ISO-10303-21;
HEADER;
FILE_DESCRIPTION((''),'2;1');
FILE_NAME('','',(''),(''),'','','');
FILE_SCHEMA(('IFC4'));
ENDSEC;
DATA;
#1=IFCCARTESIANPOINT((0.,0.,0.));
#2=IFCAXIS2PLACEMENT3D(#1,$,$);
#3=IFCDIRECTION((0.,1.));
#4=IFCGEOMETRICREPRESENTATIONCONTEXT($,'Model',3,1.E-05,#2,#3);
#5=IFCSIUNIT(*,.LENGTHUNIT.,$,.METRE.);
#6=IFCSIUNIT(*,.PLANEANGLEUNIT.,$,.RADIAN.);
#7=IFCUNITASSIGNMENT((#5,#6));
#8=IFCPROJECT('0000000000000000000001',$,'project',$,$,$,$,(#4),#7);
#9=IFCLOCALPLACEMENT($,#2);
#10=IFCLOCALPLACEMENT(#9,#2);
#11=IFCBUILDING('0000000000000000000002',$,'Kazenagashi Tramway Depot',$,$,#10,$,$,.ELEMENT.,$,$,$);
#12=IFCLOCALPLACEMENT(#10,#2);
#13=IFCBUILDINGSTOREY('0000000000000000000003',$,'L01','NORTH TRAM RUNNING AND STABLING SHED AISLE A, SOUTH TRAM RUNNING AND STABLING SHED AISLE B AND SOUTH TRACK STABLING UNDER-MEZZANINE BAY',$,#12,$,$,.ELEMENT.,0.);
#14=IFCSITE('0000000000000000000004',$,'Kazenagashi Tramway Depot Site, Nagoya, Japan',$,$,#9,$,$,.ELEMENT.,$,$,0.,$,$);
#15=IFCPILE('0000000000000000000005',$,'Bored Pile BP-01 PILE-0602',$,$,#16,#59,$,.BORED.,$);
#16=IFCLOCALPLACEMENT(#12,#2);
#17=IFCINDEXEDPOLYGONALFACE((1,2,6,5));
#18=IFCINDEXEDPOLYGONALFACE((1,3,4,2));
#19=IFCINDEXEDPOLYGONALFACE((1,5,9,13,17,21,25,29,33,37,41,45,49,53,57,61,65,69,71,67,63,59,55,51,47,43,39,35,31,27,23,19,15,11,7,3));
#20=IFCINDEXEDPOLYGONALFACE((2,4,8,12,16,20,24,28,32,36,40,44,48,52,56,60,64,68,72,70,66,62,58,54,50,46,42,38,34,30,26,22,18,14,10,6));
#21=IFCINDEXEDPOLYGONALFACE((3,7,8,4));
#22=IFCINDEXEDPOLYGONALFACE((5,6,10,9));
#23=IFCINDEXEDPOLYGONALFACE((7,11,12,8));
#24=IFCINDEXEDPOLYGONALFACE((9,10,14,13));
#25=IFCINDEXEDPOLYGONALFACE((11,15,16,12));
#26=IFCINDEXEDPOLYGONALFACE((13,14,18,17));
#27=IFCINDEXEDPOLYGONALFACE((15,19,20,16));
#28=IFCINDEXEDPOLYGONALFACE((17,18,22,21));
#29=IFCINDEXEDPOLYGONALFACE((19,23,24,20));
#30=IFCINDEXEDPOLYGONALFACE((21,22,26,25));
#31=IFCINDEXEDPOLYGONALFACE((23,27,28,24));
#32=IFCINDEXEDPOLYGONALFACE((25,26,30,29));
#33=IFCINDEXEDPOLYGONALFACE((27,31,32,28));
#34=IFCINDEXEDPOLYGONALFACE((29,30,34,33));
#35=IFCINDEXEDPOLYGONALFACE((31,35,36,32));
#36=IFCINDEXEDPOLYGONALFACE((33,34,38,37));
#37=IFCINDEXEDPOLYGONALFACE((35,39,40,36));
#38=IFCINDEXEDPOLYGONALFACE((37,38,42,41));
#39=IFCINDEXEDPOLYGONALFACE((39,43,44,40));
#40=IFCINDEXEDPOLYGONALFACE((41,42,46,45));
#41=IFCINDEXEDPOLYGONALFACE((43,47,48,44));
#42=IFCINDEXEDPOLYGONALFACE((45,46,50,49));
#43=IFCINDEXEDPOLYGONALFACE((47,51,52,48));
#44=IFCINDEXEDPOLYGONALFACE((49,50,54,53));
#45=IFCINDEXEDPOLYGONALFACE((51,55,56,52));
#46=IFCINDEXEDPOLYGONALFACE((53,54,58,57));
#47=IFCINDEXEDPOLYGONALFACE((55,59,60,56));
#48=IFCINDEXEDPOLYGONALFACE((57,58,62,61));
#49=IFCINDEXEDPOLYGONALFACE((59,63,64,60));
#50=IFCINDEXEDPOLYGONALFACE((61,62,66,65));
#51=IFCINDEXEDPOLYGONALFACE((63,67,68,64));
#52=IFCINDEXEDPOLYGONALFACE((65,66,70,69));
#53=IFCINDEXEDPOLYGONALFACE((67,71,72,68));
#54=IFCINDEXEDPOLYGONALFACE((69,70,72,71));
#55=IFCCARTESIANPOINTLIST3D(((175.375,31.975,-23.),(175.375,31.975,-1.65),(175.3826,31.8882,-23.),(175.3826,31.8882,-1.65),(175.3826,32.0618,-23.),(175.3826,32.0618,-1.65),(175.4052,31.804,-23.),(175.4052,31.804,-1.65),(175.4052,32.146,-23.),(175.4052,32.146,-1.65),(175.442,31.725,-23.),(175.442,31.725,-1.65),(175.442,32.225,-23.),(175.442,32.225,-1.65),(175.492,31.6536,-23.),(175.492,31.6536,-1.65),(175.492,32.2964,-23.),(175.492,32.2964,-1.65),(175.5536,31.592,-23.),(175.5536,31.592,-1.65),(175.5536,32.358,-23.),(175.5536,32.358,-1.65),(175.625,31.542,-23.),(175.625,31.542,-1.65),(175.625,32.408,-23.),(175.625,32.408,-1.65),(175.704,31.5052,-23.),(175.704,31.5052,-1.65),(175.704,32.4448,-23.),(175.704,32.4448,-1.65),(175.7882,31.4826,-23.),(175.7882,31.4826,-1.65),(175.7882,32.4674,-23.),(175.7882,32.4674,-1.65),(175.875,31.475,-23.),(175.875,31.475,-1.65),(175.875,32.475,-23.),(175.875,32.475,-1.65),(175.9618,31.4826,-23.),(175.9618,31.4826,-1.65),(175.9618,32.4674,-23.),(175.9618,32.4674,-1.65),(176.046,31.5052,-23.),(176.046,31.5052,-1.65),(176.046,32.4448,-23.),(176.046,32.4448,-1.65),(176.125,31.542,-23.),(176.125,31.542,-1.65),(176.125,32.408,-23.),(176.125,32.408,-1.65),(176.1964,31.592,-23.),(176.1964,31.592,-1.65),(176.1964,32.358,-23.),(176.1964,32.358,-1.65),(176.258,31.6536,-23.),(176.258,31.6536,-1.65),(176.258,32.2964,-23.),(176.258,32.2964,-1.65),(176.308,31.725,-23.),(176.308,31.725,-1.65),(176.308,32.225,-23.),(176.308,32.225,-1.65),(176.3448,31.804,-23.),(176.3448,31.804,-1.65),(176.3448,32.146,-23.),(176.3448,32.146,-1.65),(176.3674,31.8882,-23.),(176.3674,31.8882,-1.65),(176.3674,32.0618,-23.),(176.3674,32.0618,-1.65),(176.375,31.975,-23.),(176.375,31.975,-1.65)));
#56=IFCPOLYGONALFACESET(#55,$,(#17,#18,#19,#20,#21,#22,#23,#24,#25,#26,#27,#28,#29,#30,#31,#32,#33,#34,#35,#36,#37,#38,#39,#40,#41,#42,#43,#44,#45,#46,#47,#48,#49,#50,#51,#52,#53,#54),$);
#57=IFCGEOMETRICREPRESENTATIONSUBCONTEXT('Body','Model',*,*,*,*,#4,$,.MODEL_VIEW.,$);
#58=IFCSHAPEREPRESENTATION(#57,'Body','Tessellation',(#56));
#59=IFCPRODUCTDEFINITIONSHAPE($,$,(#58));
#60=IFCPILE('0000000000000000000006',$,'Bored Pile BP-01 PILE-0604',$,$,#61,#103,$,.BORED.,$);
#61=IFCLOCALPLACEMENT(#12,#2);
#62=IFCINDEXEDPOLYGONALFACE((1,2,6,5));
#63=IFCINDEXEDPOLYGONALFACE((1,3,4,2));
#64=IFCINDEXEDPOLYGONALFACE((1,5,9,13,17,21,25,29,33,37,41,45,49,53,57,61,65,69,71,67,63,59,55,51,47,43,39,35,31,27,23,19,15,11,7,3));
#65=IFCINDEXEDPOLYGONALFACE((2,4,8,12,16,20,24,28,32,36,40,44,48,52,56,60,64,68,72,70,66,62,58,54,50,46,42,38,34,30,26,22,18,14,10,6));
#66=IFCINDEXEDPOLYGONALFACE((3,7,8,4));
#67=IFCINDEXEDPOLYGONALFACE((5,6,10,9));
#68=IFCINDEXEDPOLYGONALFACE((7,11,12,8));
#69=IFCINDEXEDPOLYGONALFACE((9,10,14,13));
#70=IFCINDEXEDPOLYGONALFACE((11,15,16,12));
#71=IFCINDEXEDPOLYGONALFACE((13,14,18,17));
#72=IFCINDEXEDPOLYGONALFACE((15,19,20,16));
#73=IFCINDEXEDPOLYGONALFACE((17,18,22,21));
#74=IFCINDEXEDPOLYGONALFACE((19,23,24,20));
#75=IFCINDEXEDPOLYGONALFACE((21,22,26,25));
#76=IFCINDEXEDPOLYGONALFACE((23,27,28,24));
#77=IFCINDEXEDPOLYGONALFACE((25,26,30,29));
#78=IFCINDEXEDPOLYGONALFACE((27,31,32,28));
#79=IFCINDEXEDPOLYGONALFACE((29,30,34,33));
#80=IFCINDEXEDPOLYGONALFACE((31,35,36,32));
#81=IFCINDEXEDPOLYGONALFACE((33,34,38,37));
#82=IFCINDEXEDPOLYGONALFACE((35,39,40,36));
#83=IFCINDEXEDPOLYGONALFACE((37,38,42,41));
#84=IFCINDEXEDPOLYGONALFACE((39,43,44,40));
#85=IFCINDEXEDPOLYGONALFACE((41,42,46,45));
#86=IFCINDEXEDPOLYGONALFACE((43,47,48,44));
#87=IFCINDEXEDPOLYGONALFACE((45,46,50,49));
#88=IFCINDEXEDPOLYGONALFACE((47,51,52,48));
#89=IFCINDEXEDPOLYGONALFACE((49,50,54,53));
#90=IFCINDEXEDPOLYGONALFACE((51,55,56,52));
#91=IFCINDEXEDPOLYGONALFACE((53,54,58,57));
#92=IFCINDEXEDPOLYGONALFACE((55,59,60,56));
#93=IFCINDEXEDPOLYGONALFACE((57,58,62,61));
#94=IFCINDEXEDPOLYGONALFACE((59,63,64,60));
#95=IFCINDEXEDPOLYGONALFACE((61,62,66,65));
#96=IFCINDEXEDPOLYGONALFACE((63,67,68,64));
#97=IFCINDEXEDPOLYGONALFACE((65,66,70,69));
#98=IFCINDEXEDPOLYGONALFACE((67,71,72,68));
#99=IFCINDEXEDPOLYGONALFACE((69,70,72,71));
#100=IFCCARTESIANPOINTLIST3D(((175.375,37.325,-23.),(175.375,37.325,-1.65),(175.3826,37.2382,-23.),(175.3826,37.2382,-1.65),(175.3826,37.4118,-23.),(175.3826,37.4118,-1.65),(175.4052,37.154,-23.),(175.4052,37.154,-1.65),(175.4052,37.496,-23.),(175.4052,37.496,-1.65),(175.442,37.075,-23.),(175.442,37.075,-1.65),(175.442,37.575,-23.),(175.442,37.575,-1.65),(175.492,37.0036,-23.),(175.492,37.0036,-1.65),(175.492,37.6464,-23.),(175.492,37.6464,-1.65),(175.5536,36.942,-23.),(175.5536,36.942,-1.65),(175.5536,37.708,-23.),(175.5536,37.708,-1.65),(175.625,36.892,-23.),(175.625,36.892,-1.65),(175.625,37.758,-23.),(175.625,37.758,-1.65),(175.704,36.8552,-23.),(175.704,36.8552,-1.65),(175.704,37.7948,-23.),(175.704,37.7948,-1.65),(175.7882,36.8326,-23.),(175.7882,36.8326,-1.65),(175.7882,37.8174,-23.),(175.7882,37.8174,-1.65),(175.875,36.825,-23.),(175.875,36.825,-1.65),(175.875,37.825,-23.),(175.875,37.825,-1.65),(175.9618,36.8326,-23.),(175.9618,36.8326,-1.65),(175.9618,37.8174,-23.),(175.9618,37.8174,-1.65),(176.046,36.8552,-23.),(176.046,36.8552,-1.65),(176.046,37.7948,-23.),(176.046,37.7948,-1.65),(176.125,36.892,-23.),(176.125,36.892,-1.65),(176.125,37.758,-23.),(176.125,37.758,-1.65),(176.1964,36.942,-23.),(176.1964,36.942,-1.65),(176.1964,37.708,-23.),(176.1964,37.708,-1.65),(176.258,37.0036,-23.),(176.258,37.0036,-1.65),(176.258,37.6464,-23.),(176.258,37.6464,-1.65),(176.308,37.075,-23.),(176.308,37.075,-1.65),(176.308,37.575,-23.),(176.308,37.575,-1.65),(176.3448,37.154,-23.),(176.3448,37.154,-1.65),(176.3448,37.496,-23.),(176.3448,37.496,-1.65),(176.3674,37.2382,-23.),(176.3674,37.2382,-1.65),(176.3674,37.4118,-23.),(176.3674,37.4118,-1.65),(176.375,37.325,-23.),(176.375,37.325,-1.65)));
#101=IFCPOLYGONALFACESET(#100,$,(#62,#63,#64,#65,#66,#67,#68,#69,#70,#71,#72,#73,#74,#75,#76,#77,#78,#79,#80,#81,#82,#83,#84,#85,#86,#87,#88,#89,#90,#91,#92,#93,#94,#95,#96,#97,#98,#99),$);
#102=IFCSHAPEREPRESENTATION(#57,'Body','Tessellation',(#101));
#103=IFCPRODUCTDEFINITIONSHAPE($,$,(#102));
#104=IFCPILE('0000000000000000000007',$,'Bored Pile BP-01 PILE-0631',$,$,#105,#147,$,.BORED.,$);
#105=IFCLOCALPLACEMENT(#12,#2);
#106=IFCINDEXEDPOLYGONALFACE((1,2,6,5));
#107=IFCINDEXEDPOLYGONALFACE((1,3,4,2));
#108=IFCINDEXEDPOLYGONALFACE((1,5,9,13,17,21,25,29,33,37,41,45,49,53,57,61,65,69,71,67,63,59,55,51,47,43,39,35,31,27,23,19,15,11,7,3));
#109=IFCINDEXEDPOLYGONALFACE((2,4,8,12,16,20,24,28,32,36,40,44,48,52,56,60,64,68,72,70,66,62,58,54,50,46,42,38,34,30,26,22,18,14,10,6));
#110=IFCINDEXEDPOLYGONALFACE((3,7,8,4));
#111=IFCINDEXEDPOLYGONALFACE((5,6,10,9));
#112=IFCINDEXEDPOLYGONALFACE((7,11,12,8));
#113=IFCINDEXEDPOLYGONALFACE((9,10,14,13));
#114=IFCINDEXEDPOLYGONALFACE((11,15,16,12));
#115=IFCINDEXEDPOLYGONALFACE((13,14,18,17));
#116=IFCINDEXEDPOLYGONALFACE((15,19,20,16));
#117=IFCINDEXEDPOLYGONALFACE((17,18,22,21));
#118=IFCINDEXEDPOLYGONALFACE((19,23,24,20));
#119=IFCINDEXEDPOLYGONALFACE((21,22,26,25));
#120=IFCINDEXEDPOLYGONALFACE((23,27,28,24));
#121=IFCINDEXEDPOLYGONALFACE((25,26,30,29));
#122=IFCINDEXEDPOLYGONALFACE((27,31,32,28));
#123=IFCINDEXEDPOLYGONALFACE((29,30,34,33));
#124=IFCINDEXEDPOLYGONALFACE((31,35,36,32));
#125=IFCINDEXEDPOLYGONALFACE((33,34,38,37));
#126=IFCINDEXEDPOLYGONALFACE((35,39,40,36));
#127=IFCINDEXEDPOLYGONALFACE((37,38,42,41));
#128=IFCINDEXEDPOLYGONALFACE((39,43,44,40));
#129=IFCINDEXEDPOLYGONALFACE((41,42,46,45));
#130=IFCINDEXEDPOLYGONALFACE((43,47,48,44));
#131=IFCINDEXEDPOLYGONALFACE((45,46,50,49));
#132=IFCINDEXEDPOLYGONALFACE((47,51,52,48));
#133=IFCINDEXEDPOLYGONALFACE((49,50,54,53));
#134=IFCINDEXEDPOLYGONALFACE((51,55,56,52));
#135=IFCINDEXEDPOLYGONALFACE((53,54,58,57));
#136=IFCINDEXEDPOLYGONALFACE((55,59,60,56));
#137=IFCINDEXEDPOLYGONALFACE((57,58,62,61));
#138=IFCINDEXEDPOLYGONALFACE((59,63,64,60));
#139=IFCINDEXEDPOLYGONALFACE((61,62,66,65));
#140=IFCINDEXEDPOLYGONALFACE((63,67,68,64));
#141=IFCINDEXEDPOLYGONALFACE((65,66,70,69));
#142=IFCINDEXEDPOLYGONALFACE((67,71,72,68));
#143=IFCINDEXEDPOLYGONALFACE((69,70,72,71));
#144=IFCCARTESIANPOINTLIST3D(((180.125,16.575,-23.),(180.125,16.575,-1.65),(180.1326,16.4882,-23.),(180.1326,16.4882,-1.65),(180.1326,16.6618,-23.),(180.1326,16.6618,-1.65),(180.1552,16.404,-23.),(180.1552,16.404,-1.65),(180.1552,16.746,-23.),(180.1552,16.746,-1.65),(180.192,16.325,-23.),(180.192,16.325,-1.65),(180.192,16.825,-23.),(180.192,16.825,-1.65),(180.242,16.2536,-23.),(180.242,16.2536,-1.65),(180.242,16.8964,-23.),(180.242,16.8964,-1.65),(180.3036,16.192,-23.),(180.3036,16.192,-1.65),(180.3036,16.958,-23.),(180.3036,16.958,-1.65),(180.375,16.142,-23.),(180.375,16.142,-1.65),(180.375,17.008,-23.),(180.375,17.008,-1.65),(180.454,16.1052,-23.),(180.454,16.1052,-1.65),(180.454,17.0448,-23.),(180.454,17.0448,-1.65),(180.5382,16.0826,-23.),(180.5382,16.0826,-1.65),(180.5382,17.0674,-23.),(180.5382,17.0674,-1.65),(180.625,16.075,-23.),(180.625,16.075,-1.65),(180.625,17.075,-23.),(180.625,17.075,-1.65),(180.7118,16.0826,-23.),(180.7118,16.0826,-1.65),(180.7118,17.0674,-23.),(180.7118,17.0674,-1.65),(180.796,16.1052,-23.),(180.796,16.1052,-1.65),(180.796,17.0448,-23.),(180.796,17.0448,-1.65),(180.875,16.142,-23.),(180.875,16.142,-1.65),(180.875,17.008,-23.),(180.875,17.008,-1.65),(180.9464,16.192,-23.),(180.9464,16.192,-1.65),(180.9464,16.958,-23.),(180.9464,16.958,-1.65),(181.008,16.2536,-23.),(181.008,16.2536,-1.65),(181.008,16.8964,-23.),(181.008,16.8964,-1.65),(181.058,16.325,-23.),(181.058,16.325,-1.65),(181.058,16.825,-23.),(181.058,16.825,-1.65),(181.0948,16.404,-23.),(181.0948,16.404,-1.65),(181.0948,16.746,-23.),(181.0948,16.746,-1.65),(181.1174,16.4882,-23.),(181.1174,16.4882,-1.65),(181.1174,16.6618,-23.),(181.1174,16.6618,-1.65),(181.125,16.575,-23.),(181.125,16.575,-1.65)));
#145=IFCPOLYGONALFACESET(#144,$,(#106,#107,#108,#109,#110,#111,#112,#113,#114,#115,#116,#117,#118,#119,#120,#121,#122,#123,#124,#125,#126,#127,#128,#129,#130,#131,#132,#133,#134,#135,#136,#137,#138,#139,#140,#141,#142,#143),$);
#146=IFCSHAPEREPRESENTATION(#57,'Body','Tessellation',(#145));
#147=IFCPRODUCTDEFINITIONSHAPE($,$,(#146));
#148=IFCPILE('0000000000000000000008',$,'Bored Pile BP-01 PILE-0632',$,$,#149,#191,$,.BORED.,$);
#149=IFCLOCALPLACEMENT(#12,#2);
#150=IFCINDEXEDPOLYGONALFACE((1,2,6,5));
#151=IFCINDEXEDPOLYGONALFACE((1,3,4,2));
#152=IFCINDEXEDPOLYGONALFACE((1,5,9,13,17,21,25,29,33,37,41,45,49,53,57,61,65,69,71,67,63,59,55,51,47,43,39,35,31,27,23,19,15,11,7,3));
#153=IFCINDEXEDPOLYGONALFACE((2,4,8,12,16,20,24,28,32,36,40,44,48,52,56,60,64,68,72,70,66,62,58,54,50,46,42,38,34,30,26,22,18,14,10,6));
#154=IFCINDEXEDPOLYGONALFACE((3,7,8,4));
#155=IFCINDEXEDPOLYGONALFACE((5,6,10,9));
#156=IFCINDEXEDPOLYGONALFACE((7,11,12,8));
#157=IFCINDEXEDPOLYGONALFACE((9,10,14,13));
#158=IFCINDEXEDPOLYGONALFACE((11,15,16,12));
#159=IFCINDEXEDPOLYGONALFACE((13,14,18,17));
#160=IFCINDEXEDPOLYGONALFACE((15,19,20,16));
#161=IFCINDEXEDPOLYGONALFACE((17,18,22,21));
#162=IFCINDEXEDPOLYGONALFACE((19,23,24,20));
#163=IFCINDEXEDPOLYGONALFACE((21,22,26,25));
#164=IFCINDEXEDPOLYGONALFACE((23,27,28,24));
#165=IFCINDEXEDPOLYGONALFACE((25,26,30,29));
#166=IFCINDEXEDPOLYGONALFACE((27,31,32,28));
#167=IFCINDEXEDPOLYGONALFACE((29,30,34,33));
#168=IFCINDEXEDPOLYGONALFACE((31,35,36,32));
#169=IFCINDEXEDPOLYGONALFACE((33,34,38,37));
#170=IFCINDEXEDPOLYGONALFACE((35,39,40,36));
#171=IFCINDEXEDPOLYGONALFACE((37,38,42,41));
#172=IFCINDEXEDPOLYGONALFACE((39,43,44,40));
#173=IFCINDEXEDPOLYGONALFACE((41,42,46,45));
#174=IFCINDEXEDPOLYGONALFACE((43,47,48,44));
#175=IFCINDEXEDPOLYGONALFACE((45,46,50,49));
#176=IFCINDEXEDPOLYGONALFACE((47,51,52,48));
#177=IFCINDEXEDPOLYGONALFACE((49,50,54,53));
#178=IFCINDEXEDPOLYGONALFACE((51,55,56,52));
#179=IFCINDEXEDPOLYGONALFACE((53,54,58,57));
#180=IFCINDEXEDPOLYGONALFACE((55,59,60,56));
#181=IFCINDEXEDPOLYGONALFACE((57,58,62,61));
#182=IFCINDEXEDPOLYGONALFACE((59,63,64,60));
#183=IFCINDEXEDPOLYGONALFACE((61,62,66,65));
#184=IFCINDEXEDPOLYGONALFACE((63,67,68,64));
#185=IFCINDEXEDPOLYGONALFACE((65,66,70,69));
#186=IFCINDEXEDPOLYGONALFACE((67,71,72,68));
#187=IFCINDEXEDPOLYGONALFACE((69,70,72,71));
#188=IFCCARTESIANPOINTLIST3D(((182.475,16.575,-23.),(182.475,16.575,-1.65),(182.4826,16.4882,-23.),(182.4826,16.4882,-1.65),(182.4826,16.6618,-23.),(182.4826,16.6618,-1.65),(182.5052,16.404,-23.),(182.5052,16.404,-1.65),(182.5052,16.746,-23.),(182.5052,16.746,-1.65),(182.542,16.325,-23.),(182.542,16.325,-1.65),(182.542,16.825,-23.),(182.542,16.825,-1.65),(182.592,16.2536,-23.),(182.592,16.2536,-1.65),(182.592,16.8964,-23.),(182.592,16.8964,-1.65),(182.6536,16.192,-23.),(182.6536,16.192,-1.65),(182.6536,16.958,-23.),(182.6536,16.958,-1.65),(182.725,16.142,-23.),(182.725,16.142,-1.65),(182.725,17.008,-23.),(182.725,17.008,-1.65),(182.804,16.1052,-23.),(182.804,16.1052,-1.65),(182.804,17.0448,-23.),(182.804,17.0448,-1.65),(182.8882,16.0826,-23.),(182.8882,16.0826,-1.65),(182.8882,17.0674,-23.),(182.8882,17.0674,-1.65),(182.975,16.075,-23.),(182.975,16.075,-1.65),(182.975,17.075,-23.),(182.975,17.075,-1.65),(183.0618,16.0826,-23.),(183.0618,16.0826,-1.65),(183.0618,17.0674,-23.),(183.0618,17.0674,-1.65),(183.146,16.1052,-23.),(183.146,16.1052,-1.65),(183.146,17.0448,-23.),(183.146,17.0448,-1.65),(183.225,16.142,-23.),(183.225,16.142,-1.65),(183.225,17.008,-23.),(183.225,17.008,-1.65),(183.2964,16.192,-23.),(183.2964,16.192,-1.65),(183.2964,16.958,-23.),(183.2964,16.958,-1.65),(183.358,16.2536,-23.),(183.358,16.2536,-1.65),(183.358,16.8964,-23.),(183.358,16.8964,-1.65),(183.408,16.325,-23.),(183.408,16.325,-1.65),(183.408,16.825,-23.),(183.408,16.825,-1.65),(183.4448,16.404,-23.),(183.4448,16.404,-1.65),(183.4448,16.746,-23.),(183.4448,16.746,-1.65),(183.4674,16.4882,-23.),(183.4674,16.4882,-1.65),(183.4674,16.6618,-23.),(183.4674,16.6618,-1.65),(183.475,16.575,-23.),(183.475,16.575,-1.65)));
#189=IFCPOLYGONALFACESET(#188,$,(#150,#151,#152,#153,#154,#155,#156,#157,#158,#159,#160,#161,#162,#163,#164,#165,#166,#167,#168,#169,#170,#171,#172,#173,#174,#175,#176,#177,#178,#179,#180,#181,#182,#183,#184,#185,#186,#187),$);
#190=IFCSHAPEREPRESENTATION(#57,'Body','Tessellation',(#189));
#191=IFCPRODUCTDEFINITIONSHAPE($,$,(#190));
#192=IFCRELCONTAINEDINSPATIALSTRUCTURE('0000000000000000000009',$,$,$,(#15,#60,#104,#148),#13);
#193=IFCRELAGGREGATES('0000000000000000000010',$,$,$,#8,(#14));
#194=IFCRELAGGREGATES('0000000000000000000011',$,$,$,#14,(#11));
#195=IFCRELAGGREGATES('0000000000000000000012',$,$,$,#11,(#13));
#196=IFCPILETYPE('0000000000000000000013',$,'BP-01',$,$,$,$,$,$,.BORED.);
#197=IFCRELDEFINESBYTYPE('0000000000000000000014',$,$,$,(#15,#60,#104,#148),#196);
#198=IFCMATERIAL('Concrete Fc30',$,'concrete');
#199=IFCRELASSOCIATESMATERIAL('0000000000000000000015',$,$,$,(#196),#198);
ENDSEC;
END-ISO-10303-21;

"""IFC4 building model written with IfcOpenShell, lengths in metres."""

from ifc_helpers import new_model, si_unit, direction, frame, origin, origin_2d, place, context, subcontext, project, spatial, circle, extrude, material, material_profile, profile_set, type_object, element, save


model = new_model("IFC4")

# Units and contexts
model_context = context("Model", 3, precision=1e-05, world=origin(), true_north=direction((0.0, 1.0)))
body_context = subcontext(model_context, "Body", "Model", "MODEL_VIEW")
ifc_project = project(units=[si_unit("LENGTHUNIT", "METRE"), si_unit("PLANEANGLEUNIT", "RADIAN")], contexts=[model_context])

# Site, building, storey
site_placement = place(None, origin())
site = spatial("IfcSite", under=ifc_project, at=site_placement, Name="Kazenagashi Tramway Depot Site, Nagoya, Japan", CompositionType="ELEMENT", RefElevation=0.0)
building_placement = place(site_placement, origin())
building = spatial("IfcBuilding", under=site, at=building_placement, Name="Kazenagashi Tramway Depot", CompositionType="ELEMENT")
storey_placement = place(building_placement, origin())
storey = spatial("IfcBuildingStorey", under=building, at=storey_placement, Name="L01", Description="NORTH TRAM RUNNING AND STABLING SHED AISLE A, SOUTH TRAM RUNNING AND STABLING SHED AISLE B AND SOUTH TRACK STABLING UNDER-MEZZANINE BAY", CompositionType="ELEMENT", Elevation=0.0)

# Piles
ifc_material_1 = material(Name="Concrete Fc30", Category="concrete")
ifc_material_profile_1 = material_profile(ifc_material_1, circle(Radius=0.5, at=origin_2d()), Name="PILE-1000")
ifc_profile_set_1 = profile_set([ifc_material_profile_1], Name="Concrete Fc30")
pile_type = type_object("IfcPileType", Name="BP-01", PredefinedType="BORED", material=ifc_profile_set_1)
for number, where, z_axis, x_axis, name in (
    (1, (175.875, 31.975, -1.65), (0.0, 0.0, -1.0), (1.0, 0.0, 0.0), "Bored Pile BP-01 PILE-0602"),
    (2, (175.875, 37.325, -1.65), (0.0, 0.0, -1.0), (1.0, 0.0, 0.0), "Bored Pile BP-01 PILE-0604"),
    (3, (180.625, 16.575, -1.65), (0.0, 0.0, -1.0), (1.0, 0.0, 0.0), "Bored Pile BP-01 PILE-0631"),
    (4, (182.975, 16.575, -1.65), (0.0, 0.0, -1.0), (1.0, 0.0, 0.0), "Bored Pile BP-01 PILE-0632"),
):
    element("IfcPile", number, at=place(storey_placement, frame(where, z_axis=z_axis, x_axis=x_axis)), inside=storey, type_object=pile_type, Name=name, PredefinedType="BORED", context=body_context, shape_type="SweptSolid", body=[
        extrude(circle(Radius=0.5, at=origin_2d()), origin(), (0.0, 0.0, 1.0), 21.35),
    ])

save(model, "model.ifc")
